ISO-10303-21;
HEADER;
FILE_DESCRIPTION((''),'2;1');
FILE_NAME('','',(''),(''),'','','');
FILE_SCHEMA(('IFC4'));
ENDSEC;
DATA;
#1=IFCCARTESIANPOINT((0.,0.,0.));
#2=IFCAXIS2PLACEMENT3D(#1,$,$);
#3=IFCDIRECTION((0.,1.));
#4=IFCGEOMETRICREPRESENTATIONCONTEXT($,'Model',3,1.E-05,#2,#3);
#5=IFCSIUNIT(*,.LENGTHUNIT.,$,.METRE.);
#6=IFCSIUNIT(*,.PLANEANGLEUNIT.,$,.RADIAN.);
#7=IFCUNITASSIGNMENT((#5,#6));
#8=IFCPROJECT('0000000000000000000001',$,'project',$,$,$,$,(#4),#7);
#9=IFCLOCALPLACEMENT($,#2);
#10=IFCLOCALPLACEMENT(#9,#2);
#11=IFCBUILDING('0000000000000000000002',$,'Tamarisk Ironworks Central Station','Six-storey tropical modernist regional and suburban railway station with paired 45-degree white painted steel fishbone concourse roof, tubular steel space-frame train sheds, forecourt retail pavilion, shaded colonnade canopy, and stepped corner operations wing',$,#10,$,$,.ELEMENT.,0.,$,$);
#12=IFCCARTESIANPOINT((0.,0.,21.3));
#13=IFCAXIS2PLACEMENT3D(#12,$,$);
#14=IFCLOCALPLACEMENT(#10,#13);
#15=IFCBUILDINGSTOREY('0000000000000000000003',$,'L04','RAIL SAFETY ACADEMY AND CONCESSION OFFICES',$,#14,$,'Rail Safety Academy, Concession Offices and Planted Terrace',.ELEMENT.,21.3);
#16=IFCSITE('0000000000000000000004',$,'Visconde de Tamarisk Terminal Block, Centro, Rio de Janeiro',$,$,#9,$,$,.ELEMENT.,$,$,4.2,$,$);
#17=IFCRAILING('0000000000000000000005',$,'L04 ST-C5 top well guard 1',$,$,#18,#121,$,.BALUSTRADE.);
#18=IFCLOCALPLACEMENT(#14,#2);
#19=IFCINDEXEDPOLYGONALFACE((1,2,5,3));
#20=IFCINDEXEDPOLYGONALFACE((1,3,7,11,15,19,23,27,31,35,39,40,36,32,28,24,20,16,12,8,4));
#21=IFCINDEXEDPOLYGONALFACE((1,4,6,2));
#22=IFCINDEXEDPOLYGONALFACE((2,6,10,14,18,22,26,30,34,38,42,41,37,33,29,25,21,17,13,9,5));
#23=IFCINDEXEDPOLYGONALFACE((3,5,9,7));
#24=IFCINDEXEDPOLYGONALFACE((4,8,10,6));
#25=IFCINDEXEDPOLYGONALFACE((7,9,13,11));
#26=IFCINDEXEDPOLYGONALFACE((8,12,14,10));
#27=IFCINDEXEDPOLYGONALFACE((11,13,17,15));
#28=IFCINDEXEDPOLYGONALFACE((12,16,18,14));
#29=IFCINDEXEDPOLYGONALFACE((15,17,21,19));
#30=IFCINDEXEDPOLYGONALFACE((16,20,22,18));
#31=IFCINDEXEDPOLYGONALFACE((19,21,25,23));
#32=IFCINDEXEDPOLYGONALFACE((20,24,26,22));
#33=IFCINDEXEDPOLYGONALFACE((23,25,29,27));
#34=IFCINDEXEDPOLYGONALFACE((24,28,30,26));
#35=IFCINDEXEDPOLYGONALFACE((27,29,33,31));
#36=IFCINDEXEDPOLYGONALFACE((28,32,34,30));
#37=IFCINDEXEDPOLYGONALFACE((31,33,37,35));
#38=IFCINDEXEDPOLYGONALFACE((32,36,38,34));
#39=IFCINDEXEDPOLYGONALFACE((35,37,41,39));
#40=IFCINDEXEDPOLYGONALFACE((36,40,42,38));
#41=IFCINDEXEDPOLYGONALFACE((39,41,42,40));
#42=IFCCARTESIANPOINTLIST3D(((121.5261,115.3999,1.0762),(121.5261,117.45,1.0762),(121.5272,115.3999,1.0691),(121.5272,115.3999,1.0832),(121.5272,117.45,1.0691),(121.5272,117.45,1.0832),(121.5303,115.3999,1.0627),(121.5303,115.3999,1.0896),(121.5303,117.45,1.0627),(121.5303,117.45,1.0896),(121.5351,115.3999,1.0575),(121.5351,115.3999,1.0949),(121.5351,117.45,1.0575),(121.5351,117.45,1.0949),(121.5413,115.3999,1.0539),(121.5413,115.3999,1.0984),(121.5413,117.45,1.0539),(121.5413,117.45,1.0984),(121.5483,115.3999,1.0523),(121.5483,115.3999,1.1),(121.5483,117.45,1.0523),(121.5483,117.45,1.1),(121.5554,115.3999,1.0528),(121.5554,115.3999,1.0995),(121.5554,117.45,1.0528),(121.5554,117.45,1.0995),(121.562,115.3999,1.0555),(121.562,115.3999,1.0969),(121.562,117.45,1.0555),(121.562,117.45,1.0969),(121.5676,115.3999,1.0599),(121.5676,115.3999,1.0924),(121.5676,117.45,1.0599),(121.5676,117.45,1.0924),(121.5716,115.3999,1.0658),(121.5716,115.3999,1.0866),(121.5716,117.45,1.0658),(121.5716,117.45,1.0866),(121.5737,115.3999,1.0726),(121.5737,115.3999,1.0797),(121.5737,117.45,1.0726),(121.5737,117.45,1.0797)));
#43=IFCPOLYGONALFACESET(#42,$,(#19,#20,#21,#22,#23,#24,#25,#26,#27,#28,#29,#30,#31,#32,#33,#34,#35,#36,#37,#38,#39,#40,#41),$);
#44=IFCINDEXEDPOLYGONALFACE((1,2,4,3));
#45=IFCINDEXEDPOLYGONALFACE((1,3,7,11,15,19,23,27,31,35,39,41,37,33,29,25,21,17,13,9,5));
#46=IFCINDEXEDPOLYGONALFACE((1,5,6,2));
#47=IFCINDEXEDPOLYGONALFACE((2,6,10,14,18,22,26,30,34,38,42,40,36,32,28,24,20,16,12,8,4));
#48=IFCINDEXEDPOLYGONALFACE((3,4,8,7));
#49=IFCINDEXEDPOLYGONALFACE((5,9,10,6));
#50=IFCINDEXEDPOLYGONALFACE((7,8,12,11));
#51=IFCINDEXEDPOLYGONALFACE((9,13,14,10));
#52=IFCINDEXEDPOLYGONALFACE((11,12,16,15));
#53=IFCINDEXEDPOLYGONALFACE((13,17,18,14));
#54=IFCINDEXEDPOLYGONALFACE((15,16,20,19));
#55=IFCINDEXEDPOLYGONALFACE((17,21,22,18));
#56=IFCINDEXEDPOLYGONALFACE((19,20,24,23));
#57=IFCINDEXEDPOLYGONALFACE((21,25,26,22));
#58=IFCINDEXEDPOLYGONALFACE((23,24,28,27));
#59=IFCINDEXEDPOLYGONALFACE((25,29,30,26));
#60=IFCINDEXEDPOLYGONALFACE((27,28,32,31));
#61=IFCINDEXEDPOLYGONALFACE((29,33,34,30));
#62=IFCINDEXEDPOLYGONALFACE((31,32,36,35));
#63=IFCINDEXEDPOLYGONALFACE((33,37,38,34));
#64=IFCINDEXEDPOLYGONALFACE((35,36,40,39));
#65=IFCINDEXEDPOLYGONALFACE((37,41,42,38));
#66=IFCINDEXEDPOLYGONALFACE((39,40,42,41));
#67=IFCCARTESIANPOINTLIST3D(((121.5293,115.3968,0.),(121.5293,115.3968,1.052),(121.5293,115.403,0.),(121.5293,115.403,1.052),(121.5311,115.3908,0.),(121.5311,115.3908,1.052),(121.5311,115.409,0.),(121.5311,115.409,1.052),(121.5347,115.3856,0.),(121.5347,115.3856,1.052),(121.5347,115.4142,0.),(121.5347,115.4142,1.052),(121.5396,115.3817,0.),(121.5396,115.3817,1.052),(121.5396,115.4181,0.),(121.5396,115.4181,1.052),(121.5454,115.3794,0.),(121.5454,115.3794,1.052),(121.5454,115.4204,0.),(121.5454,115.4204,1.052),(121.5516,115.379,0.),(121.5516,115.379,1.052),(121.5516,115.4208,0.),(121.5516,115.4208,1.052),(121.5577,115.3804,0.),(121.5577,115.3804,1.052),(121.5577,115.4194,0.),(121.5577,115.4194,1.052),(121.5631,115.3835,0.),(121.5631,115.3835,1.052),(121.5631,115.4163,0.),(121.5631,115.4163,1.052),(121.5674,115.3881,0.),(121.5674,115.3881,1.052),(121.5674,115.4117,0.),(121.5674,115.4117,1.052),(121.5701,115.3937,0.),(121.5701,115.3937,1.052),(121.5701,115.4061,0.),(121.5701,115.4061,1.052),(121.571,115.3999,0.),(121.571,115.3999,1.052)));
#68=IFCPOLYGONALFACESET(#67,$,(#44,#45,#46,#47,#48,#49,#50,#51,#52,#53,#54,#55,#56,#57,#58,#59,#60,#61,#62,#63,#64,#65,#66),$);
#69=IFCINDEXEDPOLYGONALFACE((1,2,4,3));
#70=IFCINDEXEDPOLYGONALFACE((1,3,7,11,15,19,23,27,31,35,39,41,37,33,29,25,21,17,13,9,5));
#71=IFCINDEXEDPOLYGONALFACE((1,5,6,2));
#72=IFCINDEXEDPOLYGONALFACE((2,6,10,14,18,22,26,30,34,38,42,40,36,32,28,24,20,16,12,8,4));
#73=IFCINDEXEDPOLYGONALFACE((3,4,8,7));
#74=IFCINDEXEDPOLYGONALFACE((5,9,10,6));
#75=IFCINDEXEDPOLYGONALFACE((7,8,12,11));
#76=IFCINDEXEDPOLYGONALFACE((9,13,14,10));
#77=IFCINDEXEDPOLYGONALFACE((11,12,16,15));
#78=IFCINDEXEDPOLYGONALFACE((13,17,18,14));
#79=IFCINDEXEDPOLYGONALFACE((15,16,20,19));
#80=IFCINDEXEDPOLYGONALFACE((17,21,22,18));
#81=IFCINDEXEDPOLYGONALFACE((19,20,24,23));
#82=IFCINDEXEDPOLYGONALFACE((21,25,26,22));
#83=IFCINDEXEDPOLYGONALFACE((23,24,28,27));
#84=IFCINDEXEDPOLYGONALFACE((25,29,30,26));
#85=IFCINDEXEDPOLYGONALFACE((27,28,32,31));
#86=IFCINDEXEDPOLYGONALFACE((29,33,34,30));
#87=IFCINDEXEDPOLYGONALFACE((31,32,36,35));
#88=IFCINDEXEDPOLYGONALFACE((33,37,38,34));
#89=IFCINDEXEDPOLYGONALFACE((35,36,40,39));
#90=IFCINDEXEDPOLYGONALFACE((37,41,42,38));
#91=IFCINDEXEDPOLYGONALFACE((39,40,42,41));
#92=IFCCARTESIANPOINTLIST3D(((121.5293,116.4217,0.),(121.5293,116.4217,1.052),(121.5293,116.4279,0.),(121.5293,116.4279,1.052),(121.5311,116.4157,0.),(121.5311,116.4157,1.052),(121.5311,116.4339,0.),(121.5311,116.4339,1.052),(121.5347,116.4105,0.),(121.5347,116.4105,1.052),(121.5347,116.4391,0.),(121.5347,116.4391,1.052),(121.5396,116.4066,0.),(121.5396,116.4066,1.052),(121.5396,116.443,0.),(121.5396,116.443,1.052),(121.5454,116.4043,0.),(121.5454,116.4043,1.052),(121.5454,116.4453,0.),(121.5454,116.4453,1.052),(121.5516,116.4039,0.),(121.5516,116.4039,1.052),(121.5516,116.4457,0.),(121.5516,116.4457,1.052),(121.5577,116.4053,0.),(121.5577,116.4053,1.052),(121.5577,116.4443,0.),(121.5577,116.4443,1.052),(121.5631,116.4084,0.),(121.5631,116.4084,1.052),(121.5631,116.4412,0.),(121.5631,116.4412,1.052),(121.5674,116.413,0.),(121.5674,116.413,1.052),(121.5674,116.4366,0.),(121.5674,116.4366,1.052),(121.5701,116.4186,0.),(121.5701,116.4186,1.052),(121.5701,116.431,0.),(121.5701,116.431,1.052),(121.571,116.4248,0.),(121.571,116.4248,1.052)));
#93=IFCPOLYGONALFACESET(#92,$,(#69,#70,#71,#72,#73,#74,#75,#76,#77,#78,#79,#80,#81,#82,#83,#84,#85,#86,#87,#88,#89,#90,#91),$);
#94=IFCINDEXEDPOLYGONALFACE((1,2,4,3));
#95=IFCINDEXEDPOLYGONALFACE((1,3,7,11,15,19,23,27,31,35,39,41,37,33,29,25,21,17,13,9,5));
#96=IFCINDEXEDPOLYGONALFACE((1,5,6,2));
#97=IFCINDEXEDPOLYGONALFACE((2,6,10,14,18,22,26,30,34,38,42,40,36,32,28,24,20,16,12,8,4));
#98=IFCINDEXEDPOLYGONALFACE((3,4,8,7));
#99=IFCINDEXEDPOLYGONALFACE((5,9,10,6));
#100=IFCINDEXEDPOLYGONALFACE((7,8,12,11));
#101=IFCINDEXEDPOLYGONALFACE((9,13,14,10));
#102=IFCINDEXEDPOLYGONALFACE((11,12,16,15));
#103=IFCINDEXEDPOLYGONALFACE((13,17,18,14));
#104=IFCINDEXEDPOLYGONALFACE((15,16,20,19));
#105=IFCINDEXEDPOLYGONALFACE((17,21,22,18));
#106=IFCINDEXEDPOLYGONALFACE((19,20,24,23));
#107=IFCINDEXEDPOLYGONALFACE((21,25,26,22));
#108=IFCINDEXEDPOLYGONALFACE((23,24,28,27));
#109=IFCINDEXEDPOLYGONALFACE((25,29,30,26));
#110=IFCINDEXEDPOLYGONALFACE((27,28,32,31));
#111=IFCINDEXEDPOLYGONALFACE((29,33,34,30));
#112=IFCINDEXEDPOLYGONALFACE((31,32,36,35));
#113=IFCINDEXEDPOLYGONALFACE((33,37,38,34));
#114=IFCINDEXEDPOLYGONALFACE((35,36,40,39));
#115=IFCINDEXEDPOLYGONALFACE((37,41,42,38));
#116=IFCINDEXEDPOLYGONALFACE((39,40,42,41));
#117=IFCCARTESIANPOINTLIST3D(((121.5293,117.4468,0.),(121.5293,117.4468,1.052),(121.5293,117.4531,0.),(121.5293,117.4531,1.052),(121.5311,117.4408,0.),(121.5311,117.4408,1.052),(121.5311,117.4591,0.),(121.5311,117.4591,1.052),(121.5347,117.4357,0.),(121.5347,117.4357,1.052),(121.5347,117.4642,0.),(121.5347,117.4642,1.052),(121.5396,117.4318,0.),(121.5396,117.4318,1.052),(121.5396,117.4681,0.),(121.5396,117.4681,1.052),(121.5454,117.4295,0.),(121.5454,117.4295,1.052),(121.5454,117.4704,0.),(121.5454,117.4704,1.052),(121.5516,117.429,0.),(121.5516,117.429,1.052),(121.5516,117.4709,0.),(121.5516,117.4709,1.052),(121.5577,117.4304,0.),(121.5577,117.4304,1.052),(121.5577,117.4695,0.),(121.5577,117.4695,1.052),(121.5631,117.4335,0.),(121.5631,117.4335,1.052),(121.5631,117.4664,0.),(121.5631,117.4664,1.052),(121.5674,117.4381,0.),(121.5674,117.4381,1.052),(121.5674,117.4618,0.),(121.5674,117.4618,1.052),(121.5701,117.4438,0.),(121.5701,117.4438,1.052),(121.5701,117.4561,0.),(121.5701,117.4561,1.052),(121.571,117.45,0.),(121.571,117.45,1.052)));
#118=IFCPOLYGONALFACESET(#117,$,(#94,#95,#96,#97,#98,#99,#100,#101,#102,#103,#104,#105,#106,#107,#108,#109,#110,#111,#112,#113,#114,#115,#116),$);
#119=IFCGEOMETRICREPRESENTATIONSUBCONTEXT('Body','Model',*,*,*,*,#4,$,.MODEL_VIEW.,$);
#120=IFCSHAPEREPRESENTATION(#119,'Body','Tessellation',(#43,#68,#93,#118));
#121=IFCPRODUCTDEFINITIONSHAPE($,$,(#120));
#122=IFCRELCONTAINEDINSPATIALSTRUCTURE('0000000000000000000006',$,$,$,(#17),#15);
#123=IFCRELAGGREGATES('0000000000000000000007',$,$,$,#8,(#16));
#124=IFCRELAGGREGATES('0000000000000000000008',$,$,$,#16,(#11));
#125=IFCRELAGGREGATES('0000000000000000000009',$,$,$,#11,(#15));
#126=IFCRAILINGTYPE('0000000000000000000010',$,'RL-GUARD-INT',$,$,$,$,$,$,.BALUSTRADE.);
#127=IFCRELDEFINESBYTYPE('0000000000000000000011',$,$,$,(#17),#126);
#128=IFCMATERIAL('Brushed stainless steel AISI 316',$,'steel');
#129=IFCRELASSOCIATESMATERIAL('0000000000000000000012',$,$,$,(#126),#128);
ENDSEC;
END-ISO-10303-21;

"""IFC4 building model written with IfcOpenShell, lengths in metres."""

from ifc_helpers import new_model, si_unit, direction, frame, origin, origin_2d, place, context, subcontext, project, spatial, circle, extrude, material, type_object, element, save


model = new_model("IFC4")

# Units and contexts
model_context = context("Model", 3, precision=1e-05, world=origin(), true_north=direction((0.0, 1.0)))
body_context = subcontext(model_context, "Body", "Model", "MODEL_VIEW")
ifc_project = project(units=[si_unit("LENGTHUNIT", "METRE"), si_unit("PLANEANGLEUNIT", "RADIAN")], contexts=[model_context])

# Site, building, storey
site_placement = place(None, origin())
site = spatial("IfcSite", under=ifc_project, at=site_placement, Name="Visconde de Tamarisk Terminal Block, Centro, Rio de Janeiro", CompositionType="ELEMENT", RefElevation=4.2)
building_placement = place(site_placement, origin())
building = spatial("IfcBuilding", under=site, at=building_placement, Name="Tamarisk Ironworks Central Station", Description="Six-storey tropical modernist regional and suburban railway station with paired 45-degree white painted steel fishbone concourse roof, tubular steel space-frame train sheds, forecourt retail pavilion, shaded colonnade canopy, and stepped corner operations wing", CompositionType="ELEMENT", ElevationOfRefHeight=0.0)
storey_placement = place(building_placement, frame((0.0, 0.0, 21.3)))
storey = spatial("IfcBuildingStorey", under=building, at=storey_placement, Name="L04", Description="RAIL SAFETY ACADEMY AND CONCESSION OFFICES", LongName="Rail Safety Academy, Concession Offices and Planted Terrace", CompositionType="ELEMENT", Elevation=21.3)

# Railing
ifc_material_1 = material(Name="Brushed stainless steel AISI 316", Category="steel")
railing_type_1 = type_object("IfcRailingType", Name="RL-GUARD-INT", PredefinedType="BALUSTRADE", material=ifc_material_1)
railing_1_placement = place(storey_placement, frame((121.55, 115.3999, 0.0)))
element("IfcRailing", 1, at=railing_1_placement, inside=storey, type_object=railing_type_1, Name="L04 ST-C5 top well guard 1", PredefinedType="BALUSTRADE", context=body_context, shape_type="SweptSolid", body=[
    extrude(circle(Radius=0.0239, at=origin_2d()), frame((0.0, 0.0, 1.0762), z_axis=(0.0, 1.0, 0.0), x_axis=(-1.0, 0.0, 0.0)), (0.0, 0.0, 1.0), 2.05),
    extrude(circle(Radius=0.021, at=origin_2d()), origin(), (0.0, 0.0, 1.0), 1.052),
    extrude(circle(Radius=0.021, at=origin_2d()), frame((0.0, 1.0249, 0.0)), (0.0, 0.0, 1.0), 1.052),
    extrude(circle(Radius=0.021, at=origin_2d()), frame((0.0, 2.05, 0.0)), (0.0, 0.0, 1.0), 1.052),
])

save(model, "model.ifc")
